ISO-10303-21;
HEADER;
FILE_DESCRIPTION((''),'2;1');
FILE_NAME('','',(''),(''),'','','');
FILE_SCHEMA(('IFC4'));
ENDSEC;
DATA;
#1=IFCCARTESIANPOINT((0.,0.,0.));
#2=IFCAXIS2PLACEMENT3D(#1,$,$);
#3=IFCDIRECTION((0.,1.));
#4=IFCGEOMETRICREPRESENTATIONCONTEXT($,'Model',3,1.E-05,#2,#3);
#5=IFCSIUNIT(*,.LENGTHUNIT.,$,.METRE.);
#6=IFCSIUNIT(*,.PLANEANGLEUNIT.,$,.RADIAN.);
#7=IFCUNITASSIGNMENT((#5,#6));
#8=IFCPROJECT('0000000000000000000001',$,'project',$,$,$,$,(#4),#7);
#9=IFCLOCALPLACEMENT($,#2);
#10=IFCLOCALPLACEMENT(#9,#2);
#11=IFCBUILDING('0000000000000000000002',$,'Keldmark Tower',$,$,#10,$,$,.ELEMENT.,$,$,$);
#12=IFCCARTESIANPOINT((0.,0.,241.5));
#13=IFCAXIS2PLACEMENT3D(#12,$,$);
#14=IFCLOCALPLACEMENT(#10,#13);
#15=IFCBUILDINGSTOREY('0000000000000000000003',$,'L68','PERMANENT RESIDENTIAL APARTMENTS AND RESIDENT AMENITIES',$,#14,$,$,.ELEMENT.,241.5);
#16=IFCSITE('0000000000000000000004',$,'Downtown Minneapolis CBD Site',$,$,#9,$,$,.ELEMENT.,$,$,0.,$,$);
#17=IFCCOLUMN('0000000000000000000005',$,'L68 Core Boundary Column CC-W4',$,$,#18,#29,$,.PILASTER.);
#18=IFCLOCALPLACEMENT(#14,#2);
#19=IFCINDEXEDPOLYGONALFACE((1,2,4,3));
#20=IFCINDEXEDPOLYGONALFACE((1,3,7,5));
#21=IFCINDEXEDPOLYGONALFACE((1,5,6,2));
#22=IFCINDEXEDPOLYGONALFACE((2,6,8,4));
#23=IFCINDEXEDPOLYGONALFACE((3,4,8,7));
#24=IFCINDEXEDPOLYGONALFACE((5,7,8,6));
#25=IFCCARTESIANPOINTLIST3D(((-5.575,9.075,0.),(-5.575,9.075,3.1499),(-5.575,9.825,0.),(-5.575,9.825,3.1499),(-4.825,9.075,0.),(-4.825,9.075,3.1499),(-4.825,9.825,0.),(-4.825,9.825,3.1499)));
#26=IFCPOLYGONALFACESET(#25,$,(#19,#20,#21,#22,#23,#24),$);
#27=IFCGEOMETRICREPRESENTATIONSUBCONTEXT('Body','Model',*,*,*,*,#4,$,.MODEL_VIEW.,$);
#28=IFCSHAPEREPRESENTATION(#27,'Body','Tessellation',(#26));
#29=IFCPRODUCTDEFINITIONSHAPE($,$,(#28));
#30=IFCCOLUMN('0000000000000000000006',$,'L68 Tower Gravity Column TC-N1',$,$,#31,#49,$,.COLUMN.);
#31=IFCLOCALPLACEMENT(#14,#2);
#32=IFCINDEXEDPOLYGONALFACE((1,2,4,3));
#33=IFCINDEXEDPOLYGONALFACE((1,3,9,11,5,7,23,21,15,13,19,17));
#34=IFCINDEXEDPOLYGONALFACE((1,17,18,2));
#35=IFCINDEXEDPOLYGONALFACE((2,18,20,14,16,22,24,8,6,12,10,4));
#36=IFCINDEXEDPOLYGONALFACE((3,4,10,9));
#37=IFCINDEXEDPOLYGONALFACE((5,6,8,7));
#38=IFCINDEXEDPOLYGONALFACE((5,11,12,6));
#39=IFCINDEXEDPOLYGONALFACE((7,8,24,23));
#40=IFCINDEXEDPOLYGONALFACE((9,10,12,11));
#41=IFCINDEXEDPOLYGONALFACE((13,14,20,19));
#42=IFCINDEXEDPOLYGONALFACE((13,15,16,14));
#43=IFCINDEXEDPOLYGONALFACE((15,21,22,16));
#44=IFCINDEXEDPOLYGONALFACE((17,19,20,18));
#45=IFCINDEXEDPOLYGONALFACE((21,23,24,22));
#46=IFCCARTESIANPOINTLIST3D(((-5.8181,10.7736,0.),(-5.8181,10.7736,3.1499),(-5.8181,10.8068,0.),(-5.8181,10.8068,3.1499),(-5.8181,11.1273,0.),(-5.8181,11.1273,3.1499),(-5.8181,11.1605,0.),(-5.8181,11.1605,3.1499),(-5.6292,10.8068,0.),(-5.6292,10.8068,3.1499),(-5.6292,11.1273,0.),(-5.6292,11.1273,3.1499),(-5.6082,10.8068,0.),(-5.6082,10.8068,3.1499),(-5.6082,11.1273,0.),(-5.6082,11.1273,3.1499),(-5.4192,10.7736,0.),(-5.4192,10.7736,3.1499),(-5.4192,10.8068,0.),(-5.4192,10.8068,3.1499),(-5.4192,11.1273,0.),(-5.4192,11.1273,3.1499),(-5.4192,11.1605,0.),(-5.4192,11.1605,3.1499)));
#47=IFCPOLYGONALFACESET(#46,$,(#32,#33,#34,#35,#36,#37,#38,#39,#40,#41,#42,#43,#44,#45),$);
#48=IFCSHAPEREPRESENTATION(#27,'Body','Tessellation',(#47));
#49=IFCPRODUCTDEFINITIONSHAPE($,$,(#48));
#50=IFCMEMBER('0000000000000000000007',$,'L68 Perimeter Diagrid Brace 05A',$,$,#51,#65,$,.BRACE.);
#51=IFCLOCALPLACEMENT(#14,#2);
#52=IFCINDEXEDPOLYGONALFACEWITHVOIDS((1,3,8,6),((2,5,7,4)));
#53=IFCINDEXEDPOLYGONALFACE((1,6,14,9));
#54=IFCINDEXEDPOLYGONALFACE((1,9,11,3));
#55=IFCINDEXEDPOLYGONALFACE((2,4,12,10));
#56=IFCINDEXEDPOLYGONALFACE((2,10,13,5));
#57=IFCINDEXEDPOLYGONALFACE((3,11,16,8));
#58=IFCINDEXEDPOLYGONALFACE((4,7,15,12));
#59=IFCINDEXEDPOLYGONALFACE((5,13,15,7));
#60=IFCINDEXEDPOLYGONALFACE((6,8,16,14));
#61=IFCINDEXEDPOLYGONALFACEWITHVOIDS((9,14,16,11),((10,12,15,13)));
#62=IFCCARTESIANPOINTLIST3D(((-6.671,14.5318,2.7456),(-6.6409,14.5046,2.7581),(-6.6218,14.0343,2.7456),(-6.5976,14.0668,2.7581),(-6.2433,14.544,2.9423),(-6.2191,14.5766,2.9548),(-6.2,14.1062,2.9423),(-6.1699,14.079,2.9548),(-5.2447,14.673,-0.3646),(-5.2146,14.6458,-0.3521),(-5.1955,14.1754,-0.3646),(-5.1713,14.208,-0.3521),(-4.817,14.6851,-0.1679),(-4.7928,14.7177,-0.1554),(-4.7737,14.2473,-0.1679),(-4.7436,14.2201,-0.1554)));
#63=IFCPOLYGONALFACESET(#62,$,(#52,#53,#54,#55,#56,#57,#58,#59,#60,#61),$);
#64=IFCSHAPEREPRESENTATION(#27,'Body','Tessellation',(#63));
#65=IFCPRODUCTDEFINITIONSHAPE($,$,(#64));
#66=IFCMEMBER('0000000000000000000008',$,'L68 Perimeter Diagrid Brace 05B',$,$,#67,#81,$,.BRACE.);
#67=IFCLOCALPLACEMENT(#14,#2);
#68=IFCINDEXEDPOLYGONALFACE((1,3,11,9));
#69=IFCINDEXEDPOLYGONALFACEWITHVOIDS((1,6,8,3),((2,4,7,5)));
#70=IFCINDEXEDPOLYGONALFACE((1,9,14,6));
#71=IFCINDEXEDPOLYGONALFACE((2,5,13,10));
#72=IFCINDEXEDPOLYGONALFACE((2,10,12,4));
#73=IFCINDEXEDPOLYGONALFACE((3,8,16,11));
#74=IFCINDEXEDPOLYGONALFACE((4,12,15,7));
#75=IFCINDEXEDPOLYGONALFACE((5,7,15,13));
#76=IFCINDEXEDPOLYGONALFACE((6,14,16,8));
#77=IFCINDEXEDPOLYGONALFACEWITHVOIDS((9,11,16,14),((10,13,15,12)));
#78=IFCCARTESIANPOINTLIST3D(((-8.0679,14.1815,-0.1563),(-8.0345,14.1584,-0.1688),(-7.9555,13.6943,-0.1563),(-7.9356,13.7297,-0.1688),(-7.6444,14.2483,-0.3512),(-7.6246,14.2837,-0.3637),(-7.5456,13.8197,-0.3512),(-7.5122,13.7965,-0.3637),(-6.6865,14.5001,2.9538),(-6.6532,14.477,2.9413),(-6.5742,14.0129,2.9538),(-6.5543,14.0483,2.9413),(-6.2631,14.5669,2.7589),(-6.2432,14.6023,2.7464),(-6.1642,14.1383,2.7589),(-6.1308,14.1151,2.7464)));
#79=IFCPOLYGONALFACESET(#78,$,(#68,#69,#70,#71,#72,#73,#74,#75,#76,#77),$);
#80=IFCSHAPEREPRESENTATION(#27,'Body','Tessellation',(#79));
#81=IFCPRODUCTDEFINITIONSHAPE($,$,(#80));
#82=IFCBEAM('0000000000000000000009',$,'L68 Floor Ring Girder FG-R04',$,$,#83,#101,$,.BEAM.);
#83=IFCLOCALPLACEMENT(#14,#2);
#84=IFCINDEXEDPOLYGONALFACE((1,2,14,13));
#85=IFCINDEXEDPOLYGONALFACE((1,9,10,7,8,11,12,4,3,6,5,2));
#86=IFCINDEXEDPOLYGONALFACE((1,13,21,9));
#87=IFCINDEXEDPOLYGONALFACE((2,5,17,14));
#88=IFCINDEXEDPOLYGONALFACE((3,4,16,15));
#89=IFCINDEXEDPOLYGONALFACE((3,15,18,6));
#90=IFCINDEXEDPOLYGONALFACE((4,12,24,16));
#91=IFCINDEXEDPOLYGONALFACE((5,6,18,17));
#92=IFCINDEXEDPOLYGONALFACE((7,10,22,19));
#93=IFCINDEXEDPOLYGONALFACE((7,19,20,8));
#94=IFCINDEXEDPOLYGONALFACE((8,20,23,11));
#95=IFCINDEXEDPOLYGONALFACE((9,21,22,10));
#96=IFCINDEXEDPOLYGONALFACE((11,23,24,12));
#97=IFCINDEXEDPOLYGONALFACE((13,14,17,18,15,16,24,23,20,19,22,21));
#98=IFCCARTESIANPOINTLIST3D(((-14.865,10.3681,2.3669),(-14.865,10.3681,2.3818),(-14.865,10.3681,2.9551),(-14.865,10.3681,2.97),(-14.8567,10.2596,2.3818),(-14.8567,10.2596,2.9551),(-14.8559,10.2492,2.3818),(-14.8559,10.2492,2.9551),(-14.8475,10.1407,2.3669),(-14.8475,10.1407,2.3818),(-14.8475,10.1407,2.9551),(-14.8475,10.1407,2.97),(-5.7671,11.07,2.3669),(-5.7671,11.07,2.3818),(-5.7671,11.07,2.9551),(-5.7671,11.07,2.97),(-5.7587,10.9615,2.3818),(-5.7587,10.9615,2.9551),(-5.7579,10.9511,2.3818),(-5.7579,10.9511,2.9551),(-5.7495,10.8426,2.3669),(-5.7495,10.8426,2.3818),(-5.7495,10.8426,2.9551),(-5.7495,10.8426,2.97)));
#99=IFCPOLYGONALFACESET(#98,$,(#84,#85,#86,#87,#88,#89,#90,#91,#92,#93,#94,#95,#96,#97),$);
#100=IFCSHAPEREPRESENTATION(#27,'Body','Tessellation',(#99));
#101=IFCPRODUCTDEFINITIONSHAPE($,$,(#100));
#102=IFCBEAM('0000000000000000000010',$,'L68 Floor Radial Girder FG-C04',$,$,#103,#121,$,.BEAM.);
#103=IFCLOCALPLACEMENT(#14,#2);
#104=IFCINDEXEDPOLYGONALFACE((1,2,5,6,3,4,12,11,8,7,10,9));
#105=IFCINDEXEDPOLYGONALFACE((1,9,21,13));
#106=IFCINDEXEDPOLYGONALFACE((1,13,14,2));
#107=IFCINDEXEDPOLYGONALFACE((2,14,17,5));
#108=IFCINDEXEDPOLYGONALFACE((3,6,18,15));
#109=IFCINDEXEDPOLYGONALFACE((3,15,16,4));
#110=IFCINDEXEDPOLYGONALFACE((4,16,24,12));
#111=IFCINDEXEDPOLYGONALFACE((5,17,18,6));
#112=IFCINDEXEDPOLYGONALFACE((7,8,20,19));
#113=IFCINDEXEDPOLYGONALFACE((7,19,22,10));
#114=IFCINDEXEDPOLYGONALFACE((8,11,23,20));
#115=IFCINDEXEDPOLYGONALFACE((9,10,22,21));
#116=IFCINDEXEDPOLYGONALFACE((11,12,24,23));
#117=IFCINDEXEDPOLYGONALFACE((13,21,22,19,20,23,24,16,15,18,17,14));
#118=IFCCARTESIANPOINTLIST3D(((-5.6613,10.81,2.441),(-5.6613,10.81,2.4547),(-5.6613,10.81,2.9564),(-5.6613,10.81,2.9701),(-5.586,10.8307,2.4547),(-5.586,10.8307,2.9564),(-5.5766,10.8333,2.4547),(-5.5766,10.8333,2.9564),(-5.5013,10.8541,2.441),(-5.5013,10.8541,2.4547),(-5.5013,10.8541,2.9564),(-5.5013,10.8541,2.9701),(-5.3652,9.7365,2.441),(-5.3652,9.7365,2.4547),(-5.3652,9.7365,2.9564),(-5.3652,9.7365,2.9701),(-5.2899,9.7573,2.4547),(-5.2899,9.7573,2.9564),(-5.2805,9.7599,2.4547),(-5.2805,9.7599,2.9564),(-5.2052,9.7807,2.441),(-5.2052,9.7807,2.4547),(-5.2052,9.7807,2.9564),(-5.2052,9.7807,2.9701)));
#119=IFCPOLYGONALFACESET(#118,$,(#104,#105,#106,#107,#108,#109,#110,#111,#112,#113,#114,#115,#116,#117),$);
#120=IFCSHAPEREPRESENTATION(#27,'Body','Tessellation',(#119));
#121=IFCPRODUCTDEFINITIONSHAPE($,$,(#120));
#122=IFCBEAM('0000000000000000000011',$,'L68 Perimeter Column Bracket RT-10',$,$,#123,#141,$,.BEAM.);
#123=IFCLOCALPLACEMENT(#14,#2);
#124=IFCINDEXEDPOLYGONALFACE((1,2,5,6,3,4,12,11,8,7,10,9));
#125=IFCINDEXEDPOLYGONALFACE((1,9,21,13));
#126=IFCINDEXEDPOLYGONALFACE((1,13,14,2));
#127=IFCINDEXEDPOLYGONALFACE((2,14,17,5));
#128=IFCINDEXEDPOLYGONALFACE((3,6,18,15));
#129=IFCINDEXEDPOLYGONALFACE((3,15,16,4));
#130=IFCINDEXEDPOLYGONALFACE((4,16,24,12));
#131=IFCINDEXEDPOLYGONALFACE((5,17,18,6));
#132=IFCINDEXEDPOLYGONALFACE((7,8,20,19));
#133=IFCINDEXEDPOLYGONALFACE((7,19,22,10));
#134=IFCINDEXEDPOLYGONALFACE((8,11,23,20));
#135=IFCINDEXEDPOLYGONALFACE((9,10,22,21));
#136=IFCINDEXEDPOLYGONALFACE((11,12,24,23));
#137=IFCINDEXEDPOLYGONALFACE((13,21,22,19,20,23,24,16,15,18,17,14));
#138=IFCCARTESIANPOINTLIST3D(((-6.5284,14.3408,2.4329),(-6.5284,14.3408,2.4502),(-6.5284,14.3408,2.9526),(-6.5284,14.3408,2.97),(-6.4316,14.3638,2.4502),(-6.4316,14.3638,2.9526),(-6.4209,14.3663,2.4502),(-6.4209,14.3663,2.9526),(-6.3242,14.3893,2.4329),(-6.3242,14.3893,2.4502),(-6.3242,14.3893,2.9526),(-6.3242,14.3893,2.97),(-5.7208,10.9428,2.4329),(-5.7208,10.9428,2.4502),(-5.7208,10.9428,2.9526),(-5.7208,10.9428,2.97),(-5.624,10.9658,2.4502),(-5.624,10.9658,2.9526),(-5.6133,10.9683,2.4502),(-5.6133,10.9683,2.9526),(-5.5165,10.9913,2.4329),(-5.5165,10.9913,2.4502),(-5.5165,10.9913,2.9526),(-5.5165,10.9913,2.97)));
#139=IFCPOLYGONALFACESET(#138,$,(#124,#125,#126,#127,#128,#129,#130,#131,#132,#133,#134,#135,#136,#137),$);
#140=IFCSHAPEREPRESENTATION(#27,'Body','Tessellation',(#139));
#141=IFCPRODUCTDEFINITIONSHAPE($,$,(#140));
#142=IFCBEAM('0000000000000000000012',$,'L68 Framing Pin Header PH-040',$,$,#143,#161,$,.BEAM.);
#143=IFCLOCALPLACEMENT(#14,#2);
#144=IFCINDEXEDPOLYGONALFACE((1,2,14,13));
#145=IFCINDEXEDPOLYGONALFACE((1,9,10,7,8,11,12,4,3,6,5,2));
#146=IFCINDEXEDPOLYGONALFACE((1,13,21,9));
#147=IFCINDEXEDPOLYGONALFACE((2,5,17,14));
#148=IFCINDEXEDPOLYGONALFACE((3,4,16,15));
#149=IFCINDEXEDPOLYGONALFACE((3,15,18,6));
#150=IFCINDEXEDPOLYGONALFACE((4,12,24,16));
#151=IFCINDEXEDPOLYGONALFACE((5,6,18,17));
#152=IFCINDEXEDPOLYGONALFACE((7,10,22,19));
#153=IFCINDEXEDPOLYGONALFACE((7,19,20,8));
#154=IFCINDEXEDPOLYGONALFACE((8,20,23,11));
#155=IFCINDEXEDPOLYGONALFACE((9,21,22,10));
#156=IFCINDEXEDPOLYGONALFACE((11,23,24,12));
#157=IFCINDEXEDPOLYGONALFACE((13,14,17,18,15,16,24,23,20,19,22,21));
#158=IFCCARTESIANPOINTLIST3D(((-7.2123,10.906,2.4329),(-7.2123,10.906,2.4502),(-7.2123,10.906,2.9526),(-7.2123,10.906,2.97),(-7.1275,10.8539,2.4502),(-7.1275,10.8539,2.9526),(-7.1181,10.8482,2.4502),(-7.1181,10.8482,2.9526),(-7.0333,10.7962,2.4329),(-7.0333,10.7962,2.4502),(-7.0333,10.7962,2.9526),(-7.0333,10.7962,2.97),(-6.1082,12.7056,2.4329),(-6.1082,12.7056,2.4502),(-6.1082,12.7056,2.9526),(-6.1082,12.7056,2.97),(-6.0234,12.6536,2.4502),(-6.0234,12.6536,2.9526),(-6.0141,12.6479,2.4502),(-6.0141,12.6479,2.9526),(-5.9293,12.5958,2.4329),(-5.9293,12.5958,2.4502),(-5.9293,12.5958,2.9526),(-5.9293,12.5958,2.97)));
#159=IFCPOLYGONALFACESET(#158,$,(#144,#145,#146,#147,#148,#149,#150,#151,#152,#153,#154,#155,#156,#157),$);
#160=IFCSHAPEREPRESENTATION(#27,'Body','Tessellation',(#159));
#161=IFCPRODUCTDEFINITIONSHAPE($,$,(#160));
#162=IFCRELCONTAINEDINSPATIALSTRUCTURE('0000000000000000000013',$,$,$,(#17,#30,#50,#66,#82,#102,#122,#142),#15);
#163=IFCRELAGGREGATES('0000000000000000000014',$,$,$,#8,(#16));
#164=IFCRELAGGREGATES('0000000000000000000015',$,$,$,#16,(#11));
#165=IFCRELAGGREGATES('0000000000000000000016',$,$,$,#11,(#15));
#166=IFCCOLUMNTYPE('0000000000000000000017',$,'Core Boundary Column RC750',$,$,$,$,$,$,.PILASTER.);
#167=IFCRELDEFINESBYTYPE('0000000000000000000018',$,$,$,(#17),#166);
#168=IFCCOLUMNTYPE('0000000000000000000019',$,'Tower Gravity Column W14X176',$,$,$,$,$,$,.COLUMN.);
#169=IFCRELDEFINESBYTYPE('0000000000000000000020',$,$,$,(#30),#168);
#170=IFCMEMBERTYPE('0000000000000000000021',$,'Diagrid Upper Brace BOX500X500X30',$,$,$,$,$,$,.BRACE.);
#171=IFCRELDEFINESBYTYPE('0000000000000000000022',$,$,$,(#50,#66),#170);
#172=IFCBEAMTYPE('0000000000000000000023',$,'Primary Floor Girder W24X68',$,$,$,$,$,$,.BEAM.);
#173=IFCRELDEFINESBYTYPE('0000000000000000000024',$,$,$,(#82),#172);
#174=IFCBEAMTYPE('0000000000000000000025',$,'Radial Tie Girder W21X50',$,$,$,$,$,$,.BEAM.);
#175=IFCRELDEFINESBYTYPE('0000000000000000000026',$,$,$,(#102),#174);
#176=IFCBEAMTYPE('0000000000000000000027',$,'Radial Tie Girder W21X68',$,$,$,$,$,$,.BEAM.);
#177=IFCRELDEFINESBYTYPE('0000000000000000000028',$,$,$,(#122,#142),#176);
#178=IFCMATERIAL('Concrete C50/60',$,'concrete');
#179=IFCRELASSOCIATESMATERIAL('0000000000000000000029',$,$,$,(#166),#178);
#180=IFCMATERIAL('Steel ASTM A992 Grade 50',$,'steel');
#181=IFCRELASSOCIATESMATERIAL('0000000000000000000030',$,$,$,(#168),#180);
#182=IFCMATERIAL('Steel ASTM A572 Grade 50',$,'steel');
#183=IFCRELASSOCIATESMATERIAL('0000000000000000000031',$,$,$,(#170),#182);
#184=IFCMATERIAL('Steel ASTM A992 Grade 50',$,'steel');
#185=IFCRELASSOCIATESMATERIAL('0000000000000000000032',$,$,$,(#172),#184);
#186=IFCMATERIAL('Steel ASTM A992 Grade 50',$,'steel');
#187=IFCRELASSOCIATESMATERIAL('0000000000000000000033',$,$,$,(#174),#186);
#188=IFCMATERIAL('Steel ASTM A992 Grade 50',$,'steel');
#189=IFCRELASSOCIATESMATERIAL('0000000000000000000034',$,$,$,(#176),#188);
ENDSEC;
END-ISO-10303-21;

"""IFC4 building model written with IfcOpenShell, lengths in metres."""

from ifc_helpers import new_model, si_unit, direction, frame, origin, origin_2d, place, context, subcontext, project, spatial, rectangle, hollow_rectangle, i_section, extrude, material, material_profile, profile_set, type_object, element, save


model = new_model("IFC4")

# Units and contexts
model_context = context("Model", 3, precision=1e-05, world=origin(), true_north=direction((0.0, 1.0)))
body_context = subcontext(model_context, "Body", "Model", "MODEL_VIEW")
ifc_project = project(units=[si_unit("LENGTHUNIT", "METRE"), si_unit("PLANEANGLEUNIT", "RADIAN")], contexts=[model_context])

# Site, building, storey
site_placement = place(None, origin())
site = spatial("IfcSite", under=ifc_project, at=site_placement, Name="Downtown Minneapolis CBD Site", CompositionType="ELEMENT", RefElevation=0.0)
building_placement = place(site_placement, origin())
building = spatial("IfcBuilding", under=site, at=building_placement, Name="Keldmark Tower", CompositionType="ELEMENT")
storey_placement = place(building_placement, frame((0.0, 0.0, 241.5)))
storey = spatial("IfcBuildingStorey", under=building, at=storey_placement, Name="L68", Description="PERMANENT RESIDENTIAL APARTMENTS AND RESIDENT AMENITIES", CompositionType="ELEMENT", Elevation=241.5)

# Columns
ifc_material_1 = material(Name="Concrete C50/60", Category="concrete")
ifc_material_profile_1 = material_profile(ifc_material_1, rectangle(XDim=0.75, YDim=0.75, at=origin_2d()), Name="RC750X750")
ifc_profile_set_1 = profile_set([ifc_material_profile_1], Name="Concrete C50/60")
column_type_1 = type_object("IfcColumnType", Name="Core Boundary Column RC750", PredefinedType="PILASTER", material=ifc_profile_set_1)
column_1_placement = place(storey_placement, frame((-5.2, 9.45, 0.0), z_axis=(0.0, 0.0, 1.0), x_axis=(1.0, 0.0, 0.0)))
element("IfcColumn", 1, at=column_1_placement, inside=storey, type_object=column_type_1, Name="L68 Core Boundary Column CC-W4", PredefinedType="PILASTER", context=body_context, shape_type="SweptSolid", body=[
    extrude(rectangle(XDim=0.75, YDim=0.75, at=origin_2d()), origin(), (0.0, 0.0, 1.0), 3.1499),
])
ifc_material_2 = material(Name="Steel ASTM A992 Grade 50", Category="steel")
ifc_material_profile_2 = material_profile(ifc_material_2, i_section(OverallWidth=0.3989, OverallDepth=0.387, WebThickness=0.021, FlangeThickness=0.0332, at=origin_2d()), Name="W14X176")
ifc_profile_set_2 = profile_set([ifc_material_profile_2], Name="Steel ASTM A992 Grade 50")
column_type_2 = type_object("IfcColumnType", Name="Tower Gravity Column W14X176", PredefinedType="COLUMN", material=ifc_profile_set_2)
column_2_placement = place(storey_placement, frame((-5.6187, 10.967, 0.0), z_axis=(0.0, 0.0, 1.0), x_axis=(1.0, 0.0, 0.0)))
element("IfcColumn", 2, at=column_2_placement, inside=storey, type_object=column_type_2, Name="L68 Tower Gravity Column TC-N1", PredefinedType="COLUMN", context=body_context, shape_type="SweptSolid", body=[
    extrude(i_section(OverallWidth=0.3989, OverallDepth=0.387, WebThickness=0.021, FlangeThickness=0.0332, at=origin_2d()), origin(), (0.0, 0.0, 1.0), 3.1499),
])

# Members
ifc_material_3 = material(Name="Steel ASTM A572 Grade 50", Category="steel")
ifc_material_profile_3 = material_profile(ifc_material_3, hollow_rectangle(XDim=0.5, YDim=0.5, WallThickness=0.03, at=origin_2d()), Name="BOX500X500X30")
ifc_profile_set_3 = profile_set([ifc_material_profile_3], Name="Steel ASTM A572 Grade 50")
member_type = type_object("IfcMemberType", Name="Diagrid Upper Brace BOX500X500X30", PredefinedType="BRACE", material=ifc_profile_set_3)
member_1_placement = place(storey_placement, frame((-4.9941, 14.4465, -0.26), z_axis=(-0.416495, -0.041207, 0.908204), x_axis=(0.098458, -0.995141, 0.0)))
element("IfcMember", 3, at=member_1_placement, inside=storey, type_object=member_type, Name="L68 Perimeter Diagrid Brace 05A", PredefinedType="BRACE", context=body_context, shape_type="SweptSolid", body=[
    extrude(hollow_rectangle(XDim=0.5, YDim=0.5, WallThickness=0.03, at=origin_2d()), origin(), (0.0, 0.0, 1.0), 3.4246),
])
member_2_placement = place(storey_placement, frame((-7.79, 13.989, -0.26), z_axis=(0.404145, 0.093215, 0.909933), x_axis=(-0.224746, 0.974417, 0.0)))
element("IfcMember", 4, at=member_2_placement, inside=storey, type_object=member_type, Name="L68 Perimeter Diagrid Brace 05B", PredefinedType="BRACE", context=body_context, shape_type="SweptSolid", body=[
    extrude(hollow_rectangle(XDim=0.5, YDim=0.5, WallThickness=0.03, at=origin_2d()), origin(), (0.0, 0.0, 1.0), 3.418),
])

# Beams
ifc_material_4 = material(Name="Steel ASTM A992 Grade 50", Category="steel")
ifc_material_profile_4 = material_profile(ifc_material_4, i_section(OverallWidth=0.228, OverallDepth=0.603, WebThickness=0.0105, FlangeThickness=0.0149, at=origin_2d()), Name="W24X68")
ifc_profile_set_4 = profile_set([ifc_material_profile_4], Name="Steel ASTM A992 Grade 50")
beam_type_1 = type_object("IfcBeamType", Name="Primary Floor Girder W24X68", PredefinedType="BEAM", material=ifc_profile_set_4)
beam_1_placement = place(storey_placement, frame((-5.7583, 10.9563, 2.6685), z_axis=(-0.997037, -0.076922, 0.0), x_axis=(0.076922, -0.997037, 0.0)))
element("IfcBeam", 5, at=beam_1_placement, inside=storey, type_object=beam_type_1, Name="L68 Floor Ring Girder FG-R04", PredefinedType="BEAM", context=body_context, shape_type="SweptSolid", body=[
    extrude(i_section(OverallWidth=0.228, OverallDepth=0.603, WebThickness=0.0105, FlangeThickness=0.0149, at=origin_2d()), origin(), (0.0, 0.0, 1.0), 9.125),
])
ifc_material_5 = material(Name="Steel ASTM A992 Grade 50", Category="steel")
ifc_material_profile_5 = material_profile(ifc_material_5, i_section(OverallWidth=0.166, OverallDepth=0.5291, WebThickness=0.0098, FlangeThickness=0.0137, at=origin_2d()), Name="W21X50")
ifc_profile_set_5 = profile_set([ifc_material_profile_5], Name="Steel ASTM A992 Grade 50")
beam_type_2 = type_object("IfcBeamType", Name="Radial Tie Girder W21X50", PredefinedType="BEAM", material=ifc_profile_set_5)
beam_2_placement = place(storey_placement, frame((-5.5813, 10.832, 2.7056), z_axis=(0.265936, -0.963991, 0.0), x_axis=(0.963991, 0.265936, 0.0)))
element("IfcBeam", 6, at=beam_2_placement, inside=storey, type_object=beam_type_2, Name="L68 Floor Radial Girder FG-C04", PredefinedType="BEAM", context=body_context, shape_type="SweptSolid", body=[
    extrude(i_section(OverallWidth=0.166, OverallDepth=0.5291, WebThickness=0.0098, FlangeThickness=0.0137, at=origin_2d()), origin(), (0.0, 0.0, 1.0), 1.1135),
])
ifc_material_6 = material(Name="Steel ASTM A992 Grade 50", Category="steel")
ifc_material_profile_6 = material_profile(ifc_material_6, i_section(OverallWidth=0.21, OverallDepth=0.5371, WebThickness=0.011, FlangeThickness=0.0173, at=origin_2d()), Name="W21X68")
ifc_profile_set_6 = profile_set([ifc_material_profile_6], Name="Steel ASTM A992 Grade 50")
beam_type_3 = type_object("IfcBeamType", Name="Radial Tie Girder W21X68", PredefinedType="BEAM", material=ifc_profile_set_6)
beam_3_placement = place(storey_placement, frame((-5.6187, 10.967, 2.7014), z_axis=(-0.231236, 0.972898, 0.0), x_axis=(-0.972898, -0.231236, 0.0)))
element("IfcBeam", 7, at=beam_3_placement, inside=storey, type_object=beam_type_3, Name="L68 Perimeter Column Bracket RT-10", PredefinedType="BEAM", context=body_context, shape_type="SweptSolid", body=[
    extrude(i_section(OverallWidth=0.21, OverallDepth=0.5371, WebThickness=0.011, FlangeThickness=0.0173, at=origin_2d()), origin(), (0.0, 0.0, 1.0), 3.4927),
])
beam_4_placement = place(storey_placement, frame((-7.1228, 10.8511, 2.7014), z_axis=(0.522923, 0.85238, 0.0), x_axis=(-0.85238, 0.522923, 0.0)))
element("IfcBeam", 8, at=beam_4_placement, inside=storey, type_object=beam_type_3, Name="L68 Framing Pin Header PH-040", PredefinedType="BEAM", context=body_context, shape_type="SweptSolid", body=[
    extrude(i_section(OverallWidth=0.21, OverallDepth=0.5371, WebThickness=0.011, FlangeThickness=0.0173, at=origin_2d()), origin(), (0.0, 0.0, 1.0), 2.1113),
])

save(model, "model.ifc")
